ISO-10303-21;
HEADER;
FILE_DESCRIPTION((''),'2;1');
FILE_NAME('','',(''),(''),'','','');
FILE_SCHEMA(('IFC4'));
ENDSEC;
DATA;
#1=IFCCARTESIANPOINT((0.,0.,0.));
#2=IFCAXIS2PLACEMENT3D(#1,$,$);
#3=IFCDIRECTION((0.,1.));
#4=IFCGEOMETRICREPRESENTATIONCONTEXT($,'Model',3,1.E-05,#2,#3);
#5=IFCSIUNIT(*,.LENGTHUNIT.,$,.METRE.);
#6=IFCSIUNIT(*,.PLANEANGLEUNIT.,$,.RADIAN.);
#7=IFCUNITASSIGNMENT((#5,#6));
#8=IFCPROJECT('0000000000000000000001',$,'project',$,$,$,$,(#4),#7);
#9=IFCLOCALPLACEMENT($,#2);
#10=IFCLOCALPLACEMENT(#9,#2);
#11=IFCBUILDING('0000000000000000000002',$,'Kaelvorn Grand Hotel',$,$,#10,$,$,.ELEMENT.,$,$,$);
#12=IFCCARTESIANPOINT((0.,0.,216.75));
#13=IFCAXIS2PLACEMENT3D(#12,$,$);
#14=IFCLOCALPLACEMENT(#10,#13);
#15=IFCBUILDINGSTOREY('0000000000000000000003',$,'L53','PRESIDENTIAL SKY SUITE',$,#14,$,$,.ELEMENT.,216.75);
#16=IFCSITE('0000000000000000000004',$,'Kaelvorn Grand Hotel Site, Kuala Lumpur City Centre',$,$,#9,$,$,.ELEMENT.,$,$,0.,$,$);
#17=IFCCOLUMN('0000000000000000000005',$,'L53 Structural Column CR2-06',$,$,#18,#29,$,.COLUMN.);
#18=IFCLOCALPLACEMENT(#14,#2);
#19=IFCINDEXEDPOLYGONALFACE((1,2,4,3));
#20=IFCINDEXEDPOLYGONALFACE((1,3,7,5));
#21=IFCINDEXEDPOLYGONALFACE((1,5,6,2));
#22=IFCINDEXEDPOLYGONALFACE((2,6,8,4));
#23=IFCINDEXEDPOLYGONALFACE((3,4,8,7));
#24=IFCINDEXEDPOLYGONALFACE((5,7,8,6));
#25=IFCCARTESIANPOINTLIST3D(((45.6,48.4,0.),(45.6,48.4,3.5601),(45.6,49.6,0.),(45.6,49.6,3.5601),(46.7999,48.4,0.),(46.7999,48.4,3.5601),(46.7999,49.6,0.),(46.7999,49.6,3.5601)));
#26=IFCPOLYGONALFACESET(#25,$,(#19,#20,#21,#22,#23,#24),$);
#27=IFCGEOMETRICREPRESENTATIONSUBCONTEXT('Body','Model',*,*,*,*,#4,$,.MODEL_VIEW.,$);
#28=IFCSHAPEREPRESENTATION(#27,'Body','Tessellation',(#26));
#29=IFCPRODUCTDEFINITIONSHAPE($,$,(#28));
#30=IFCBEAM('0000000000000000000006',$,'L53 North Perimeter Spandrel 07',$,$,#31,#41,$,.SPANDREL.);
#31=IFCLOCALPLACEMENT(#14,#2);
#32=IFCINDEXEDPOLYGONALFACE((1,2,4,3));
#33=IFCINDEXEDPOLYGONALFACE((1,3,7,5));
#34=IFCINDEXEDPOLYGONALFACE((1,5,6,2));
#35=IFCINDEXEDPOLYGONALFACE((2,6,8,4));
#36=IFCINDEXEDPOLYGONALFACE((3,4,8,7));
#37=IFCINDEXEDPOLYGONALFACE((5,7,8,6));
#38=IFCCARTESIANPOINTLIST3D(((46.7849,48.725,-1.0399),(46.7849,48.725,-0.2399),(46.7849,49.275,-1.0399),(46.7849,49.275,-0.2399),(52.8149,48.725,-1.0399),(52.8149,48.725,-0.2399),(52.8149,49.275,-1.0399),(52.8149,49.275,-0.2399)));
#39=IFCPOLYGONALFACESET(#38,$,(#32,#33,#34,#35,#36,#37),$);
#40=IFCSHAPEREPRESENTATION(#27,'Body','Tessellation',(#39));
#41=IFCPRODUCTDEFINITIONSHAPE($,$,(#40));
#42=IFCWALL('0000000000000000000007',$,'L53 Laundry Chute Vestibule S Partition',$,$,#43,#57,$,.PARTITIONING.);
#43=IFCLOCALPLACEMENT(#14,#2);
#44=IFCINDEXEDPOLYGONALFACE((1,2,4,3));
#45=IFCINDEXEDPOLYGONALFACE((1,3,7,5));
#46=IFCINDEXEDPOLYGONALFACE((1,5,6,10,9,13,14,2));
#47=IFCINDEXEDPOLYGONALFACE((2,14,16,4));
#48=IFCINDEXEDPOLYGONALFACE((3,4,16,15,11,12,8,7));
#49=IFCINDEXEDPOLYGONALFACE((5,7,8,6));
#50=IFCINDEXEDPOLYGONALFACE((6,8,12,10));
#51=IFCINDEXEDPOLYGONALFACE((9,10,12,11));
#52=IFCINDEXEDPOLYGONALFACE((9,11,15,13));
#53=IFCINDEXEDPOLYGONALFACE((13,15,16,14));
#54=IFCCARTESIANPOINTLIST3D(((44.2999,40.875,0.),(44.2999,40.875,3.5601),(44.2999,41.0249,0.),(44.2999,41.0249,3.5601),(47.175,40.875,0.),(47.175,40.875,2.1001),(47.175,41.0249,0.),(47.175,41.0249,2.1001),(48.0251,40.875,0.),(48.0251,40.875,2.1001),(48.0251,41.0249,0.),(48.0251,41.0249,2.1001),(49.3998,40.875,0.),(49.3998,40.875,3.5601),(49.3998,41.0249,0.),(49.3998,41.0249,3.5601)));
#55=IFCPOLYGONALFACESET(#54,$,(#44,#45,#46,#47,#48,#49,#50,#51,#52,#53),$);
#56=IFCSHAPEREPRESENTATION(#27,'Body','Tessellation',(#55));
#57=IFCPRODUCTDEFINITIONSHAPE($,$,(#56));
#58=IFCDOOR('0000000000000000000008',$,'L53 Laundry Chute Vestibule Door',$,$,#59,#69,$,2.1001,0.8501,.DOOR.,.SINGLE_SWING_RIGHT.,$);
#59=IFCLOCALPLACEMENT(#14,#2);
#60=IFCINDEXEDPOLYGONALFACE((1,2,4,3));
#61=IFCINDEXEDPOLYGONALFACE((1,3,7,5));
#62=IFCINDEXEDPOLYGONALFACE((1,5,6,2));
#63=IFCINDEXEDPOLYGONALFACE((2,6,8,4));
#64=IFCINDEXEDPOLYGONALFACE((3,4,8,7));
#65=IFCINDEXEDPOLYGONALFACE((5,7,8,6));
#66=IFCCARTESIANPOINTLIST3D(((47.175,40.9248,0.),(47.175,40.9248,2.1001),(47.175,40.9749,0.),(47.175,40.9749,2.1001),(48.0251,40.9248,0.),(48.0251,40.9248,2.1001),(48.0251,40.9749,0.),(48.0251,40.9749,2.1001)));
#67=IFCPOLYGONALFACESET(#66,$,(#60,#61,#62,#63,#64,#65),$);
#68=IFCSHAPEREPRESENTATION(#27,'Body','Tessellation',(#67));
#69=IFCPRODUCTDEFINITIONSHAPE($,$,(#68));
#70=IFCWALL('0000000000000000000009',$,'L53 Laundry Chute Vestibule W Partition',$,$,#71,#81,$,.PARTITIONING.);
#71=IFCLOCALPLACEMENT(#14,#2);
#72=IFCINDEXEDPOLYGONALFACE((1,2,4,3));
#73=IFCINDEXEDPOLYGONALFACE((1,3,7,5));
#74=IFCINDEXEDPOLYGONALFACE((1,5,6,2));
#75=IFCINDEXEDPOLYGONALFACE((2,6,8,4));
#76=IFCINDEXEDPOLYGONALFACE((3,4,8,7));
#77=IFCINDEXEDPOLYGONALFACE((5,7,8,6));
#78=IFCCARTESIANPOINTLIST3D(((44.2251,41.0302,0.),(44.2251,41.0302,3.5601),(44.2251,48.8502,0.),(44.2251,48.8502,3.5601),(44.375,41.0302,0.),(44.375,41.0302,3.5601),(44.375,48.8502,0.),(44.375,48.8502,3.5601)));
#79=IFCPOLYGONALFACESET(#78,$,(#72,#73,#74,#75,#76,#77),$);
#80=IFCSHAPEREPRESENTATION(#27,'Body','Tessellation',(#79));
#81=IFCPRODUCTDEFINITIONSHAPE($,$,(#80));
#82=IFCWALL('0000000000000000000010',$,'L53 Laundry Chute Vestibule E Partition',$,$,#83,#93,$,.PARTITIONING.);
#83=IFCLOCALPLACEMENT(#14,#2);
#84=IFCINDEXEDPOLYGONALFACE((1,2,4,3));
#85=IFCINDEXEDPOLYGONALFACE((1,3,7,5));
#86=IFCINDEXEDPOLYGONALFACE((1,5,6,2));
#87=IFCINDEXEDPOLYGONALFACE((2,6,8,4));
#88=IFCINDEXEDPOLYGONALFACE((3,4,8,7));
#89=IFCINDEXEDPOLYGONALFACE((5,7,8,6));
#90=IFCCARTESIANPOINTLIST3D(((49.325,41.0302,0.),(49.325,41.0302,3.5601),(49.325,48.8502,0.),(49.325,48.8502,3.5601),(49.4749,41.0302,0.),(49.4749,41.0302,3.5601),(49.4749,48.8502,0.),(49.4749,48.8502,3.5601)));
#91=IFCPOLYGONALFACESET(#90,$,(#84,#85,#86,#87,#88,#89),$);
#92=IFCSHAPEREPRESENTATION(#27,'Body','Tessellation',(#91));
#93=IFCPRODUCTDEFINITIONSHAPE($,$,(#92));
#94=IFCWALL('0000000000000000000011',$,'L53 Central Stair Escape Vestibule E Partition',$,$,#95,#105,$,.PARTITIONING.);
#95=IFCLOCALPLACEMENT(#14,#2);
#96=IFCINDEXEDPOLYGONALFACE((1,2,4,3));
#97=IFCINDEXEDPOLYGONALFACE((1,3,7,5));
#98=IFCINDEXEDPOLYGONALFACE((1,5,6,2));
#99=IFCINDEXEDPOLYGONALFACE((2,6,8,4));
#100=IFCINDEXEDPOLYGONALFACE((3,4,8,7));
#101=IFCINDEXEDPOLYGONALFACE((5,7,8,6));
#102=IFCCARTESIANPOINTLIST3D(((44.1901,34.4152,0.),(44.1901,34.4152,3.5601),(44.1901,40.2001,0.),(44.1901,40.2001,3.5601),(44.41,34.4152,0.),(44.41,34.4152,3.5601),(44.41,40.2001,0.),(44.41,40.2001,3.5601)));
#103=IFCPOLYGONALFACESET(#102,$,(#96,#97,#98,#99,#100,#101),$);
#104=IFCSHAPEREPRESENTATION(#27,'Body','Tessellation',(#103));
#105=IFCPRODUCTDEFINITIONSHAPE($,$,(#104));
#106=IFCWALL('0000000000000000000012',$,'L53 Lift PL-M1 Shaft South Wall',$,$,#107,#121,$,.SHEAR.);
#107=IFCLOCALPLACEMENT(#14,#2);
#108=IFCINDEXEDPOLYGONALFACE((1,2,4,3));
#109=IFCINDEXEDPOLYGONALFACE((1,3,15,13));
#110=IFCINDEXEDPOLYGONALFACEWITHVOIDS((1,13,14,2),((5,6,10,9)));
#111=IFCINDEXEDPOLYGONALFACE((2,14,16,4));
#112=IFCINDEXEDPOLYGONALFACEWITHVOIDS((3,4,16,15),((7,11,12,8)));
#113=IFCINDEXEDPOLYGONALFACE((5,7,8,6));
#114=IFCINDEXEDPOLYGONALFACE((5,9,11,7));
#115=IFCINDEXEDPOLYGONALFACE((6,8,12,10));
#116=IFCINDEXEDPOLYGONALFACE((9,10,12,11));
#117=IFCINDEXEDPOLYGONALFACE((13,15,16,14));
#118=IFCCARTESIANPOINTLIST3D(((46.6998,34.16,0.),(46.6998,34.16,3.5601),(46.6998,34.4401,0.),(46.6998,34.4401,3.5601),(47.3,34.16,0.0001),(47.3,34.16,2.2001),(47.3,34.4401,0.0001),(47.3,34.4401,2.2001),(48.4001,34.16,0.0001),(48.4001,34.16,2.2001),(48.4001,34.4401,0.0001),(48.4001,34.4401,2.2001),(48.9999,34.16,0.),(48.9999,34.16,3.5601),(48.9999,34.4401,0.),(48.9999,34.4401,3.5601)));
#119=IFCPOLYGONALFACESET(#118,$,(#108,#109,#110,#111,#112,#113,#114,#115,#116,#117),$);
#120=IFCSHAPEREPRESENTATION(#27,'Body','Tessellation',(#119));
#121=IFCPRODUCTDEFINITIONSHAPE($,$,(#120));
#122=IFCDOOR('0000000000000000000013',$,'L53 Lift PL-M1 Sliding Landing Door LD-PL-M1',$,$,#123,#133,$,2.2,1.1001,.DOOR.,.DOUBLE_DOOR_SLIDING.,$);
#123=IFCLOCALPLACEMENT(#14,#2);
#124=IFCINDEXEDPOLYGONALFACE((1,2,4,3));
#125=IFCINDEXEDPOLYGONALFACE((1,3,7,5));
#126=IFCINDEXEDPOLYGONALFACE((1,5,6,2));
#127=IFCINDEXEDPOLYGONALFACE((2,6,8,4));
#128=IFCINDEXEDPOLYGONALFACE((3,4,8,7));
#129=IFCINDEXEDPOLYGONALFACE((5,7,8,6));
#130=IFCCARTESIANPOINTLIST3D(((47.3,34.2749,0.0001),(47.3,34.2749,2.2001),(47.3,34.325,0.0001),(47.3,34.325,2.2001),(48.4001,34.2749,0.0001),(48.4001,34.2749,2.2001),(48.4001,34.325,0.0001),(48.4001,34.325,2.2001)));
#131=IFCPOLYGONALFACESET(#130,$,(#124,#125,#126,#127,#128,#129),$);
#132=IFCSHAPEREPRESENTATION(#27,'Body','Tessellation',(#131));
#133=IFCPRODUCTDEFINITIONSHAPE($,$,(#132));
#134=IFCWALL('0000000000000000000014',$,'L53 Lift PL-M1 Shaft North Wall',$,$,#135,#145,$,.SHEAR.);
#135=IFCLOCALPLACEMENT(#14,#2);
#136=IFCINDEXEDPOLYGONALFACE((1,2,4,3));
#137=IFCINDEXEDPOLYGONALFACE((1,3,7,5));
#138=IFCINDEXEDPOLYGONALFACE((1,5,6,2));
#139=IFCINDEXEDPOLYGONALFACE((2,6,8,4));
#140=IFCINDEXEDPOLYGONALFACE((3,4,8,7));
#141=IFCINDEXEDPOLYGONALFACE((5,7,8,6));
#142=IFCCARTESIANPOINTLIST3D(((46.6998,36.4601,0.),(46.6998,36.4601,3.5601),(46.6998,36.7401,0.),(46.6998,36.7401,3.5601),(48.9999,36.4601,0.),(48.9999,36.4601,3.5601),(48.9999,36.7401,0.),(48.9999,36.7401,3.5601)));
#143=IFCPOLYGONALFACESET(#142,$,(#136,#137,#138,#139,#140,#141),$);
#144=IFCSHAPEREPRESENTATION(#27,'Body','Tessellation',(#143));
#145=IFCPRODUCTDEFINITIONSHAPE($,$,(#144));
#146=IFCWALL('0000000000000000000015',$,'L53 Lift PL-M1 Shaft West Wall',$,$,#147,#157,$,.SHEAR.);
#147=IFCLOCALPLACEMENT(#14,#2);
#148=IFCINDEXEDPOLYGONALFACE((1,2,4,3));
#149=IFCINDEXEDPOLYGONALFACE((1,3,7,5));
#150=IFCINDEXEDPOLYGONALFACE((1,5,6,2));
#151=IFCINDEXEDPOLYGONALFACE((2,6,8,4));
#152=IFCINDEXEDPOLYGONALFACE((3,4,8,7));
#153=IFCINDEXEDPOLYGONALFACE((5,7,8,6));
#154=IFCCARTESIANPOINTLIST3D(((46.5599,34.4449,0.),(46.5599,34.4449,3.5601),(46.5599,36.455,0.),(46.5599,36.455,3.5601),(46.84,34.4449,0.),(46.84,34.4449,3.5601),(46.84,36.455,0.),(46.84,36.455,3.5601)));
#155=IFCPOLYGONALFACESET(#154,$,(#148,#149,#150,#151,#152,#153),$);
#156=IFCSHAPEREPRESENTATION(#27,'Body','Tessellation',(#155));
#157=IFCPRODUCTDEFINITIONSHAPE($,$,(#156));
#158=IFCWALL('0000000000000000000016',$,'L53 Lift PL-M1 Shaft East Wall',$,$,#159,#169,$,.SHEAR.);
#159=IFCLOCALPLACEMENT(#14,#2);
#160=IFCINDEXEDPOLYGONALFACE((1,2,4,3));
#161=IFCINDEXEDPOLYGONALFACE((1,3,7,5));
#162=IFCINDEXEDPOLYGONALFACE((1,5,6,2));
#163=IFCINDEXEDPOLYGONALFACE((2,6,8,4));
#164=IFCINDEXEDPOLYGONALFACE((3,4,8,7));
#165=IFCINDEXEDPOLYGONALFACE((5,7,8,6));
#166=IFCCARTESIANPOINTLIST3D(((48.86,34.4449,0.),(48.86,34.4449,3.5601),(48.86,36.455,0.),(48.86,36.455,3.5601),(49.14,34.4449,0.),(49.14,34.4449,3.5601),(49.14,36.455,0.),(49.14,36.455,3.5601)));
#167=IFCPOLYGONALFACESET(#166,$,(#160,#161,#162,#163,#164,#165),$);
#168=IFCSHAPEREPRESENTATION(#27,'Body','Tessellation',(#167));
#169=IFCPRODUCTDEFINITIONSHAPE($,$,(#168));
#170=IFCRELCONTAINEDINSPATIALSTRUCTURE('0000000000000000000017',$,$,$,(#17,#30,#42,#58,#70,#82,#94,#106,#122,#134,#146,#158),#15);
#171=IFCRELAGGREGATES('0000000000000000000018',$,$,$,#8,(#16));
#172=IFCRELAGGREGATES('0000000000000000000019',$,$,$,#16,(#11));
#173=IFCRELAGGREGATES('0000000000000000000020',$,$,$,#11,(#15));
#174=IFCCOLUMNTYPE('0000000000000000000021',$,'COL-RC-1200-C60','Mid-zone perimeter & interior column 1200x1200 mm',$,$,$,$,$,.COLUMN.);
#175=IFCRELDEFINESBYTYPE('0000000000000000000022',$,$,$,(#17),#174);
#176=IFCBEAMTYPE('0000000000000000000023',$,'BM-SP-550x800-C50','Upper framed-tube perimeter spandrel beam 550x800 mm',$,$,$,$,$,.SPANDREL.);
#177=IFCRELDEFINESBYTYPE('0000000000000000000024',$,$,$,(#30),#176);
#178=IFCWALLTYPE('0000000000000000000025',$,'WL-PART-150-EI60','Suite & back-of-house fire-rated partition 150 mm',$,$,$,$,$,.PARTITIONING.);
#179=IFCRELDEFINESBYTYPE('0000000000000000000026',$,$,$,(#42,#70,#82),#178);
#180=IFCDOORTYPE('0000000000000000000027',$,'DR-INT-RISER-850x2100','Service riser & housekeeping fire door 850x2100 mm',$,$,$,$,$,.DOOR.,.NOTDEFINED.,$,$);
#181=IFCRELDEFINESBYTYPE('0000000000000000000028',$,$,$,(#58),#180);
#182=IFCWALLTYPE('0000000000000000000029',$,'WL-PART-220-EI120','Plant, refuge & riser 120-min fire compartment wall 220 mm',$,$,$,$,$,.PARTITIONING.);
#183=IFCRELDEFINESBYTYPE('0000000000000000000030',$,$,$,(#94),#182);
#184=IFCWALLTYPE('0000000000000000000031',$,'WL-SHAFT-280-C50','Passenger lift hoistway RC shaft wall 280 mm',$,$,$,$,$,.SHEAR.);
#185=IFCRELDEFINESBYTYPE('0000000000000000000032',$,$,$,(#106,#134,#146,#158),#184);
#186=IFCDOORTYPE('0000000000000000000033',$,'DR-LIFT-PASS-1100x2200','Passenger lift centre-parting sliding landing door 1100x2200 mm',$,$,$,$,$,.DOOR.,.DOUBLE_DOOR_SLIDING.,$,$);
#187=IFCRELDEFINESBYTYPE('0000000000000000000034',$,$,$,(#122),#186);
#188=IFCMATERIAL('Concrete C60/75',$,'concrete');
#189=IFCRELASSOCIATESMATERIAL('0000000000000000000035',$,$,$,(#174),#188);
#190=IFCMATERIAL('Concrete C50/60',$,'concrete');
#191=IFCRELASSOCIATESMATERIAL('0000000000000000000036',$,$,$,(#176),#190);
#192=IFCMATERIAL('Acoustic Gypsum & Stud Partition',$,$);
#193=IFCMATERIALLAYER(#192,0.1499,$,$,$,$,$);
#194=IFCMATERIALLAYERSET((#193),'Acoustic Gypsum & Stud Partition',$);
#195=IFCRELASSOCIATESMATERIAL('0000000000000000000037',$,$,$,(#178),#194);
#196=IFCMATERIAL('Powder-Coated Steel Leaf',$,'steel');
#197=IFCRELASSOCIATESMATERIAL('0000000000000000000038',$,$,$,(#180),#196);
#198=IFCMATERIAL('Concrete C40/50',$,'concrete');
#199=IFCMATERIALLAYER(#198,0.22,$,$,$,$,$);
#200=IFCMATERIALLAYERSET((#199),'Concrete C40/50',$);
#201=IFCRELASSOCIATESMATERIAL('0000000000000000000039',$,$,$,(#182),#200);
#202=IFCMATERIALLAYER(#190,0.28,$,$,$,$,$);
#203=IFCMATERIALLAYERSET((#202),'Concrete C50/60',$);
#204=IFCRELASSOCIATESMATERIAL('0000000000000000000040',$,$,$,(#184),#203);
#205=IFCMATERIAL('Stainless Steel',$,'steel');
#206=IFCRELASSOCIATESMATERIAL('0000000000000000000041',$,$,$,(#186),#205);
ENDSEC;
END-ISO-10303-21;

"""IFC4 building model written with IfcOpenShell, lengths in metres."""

from ifc_helpers import new_model, si_unit, direction, frame, frame_2d, origin, origin_2d, place, context, subcontext, project, spatial, rectangle, extrude, material, layer, layer_set, material_profile, profile_set, type_object, element, fill, save


model = new_model("IFC4")

# Units and contexts
model_context = context("Model", 3, precision=1e-05, world=origin(), true_north=direction((0.0, 1.0)))
body_context = subcontext(model_context, "Body", "Model", "MODEL_VIEW")
ifc_project = project(units=[si_unit("LENGTHUNIT", "METRE"), si_unit("PLANEANGLEUNIT", "RADIAN")], contexts=[model_context])

# Site, building, storey
site_placement = place(None, origin())
site = spatial("IfcSite", under=ifc_project, at=site_placement, Name="Kaelvorn Grand Hotel Site, Kuala Lumpur City Centre", CompositionType="ELEMENT", RefElevation=0.0)
building_placement = place(site_placement, origin())
building = spatial("IfcBuilding", under=site, at=building_placement, Name="Kaelvorn Grand Hotel", CompositionType="ELEMENT")
storey_placement = place(building_placement, frame((0.0, 0.0, 216.75)))
storey = spatial("IfcBuildingStorey", under=building, at=storey_placement, Name="L53", Description="PRESIDENTIAL SKY SUITE", CompositionType="ELEMENT", Elevation=216.75)

# Column
ifc_material_1 = material(Name="Concrete C60/75", Category="concrete")
ifc_material_profile_1 = material_profile(ifc_material_1, rectangle(XDim=1.2, YDim=1.2, at=origin_2d()), Name="RC COL 1200x1200")
ifc_profile_set_1 = profile_set([ifc_material_profile_1], Name="Concrete C60/75")
column_type = type_object("IfcColumnType", Name="COL-RC-1200-C60", Description="Mid-zone perimeter & interior column 1200x1200 mm", PredefinedType="COLUMN", material=ifc_profile_set_1)
column_placement = place(storey_placement, frame((46.2, 49.0, 0.0), z_axis=(0.0, 0.0, 1.0), x_axis=(1.0, 0.0, 0.0)))
element("IfcColumn", 1, at=column_placement, inside=storey, type_object=column_type, Name="L53 Structural Column CR2-06", PredefinedType="COLUMN", context=body_context, shape_type="SweptSolid", body=[
    extrude(rectangle(XDim=1.2, YDim=1.2, at=origin_2d()), origin(), (0.0, 0.0, 1.0), 3.5601),
])

# Beam
ifc_material_2 = material(Name="Concrete C50/60", Category="concrete")
ifc_material_profile_2 = material_profile(ifc_material_2, rectangle(XDim=0.55, YDim=0.8, at=origin_2d()), Name="RC SPANDREL 550x800")
ifc_profile_set_2 = profile_set([ifc_material_profile_2], Name="Concrete C50/60")
beam_type = type_object("IfcBeamType", Name="BM-SP-550x800-C50", Description="Upper framed-tube perimeter spandrel beam 550x800 mm", PredefinedType="SPANDREL", material=ifc_profile_set_2)
beam_placement = place(storey_placement, frame((46.7849, 49.0, -0.6399), z_axis=(1.0, 0.0, 0.0), x_axis=(0.0, 1.0, 0.0)))
element("IfcBeam", 2, at=beam_placement, inside=storey, type_object=beam_type, Name="L53 North Perimeter Spandrel 07", PredefinedType="SPANDREL", context=body_context, shape_type="SweptSolid", body=[
    extrude(rectangle(XDim=0.55, YDim=0.8, at=origin_2d()), origin(), (0.0, 0.0, 1.0), 6.03),
])

# Wall, opening, door
ifc_material_3 = material(Name="Acoustic Gypsum & Stud Partition")
ifc_layer_1 = layer(ifc_material_3, 0.1499)
ifc_layer_set_1 = layer_set([ifc_layer_1], Name="Acoustic Gypsum & Stud Partition")
wall_type_1 = type_object("IfcWallType", Name="WL-PART-150-EI60", Description="Suite & back-of-house fire-rated partition 150 mm", PredefinedType="PARTITIONING", material=ifc_layer_set_1)
wall_1_placement = place(storey_placement, frame((44.3, 40.95, 0.0), z_axis=(0.0, 0.0, 1.0), x_axis=(1.0, 0.0, 0.0)))
wall_1 = element("IfcWall", 3, at=wall_1_placement, inside=storey, type_object=wall_type_1, Name="L53 Laundry Chute Vestibule S Partition", PredefinedType="PARTITIONING", context=body_context, shape_type="SweptSolid", body=[
    extrude(rectangle(XDim=5.0999, YDim=0.1499, at=frame_2d((2.5498, 0.0))), origin(), (0.0, 0.0, 1.0), 3.5601),
])
opening_1_placement = place(wall_1_placement, frame((2.875, 0.0, 0.0)))
opening_1 = element("IfcOpeningElement", 4, at=opening_1_placement, cuts=wall_1, PredefinedType="OPENING", context=body_context, shape_type="SweptSolid", body=[
    extrude(rectangle(XDim=0.8501, YDim=2.1001, at=frame_2d((0.425, 1.05))), frame((0.0, 0.085, 0.0), z_axis=(0.0, -1.0, 0.0), x_axis=(1.0, 0.0, 0.0)), (0.0, 0.0, 1.0), 0.1699),
])
ifc_material_4 = material(Name="Powder-Coated Steel Leaf", Category="steel")
door_type_1 = type_object("IfcDoorType", Name="DR-INT-RISER-850x2100", Description="Service riser & housekeeping fire door 850x2100 mm", OperationType="NOTDEFINED", PredefinedType="DOOR", material=ifc_material_4)
door_1_placement = place(opening_1_placement, origin())
door_1 = element("IfcDoor", 5, at=door_1_placement, inside=storey, type_object=door_type_1, Name="L53 Laundry Chute Vestibule Door", OperationType="SINGLE_SWING_RIGHT", OverallHeight=2.1001, OverallWidth=0.8501, PredefinedType="DOOR", context=body_context, shape_type="SweptSolid", body=[
    extrude(rectangle(XDim=0.8501, YDim=2.1001, at=frame_2d((0.425, 1.05))), frame((0.0, 0.0249, 0.0), z_axis=(0.0, -1.0, 0.0), x_axis=(1.0, 0.0, 0.0)), (0.0, 0.0, 1.0), 0.05),
])
fill(opening_1, door_1)

# Walls
for number, where, z_axis, x_axis, name in (
    (6, (44.3, 41.03, 0.0), (0.0, 0.0, 1.0), (0.0, 1.0, 0.0), "L53 Laundry Chute Vestibule W Partition"),
    (7, (49.3999, 41.03, 0.0), (0.0, 0.0, 1.0), (0.0, 1.0, 0.0), "L53 Laundry Chute Vestibule E Partition"),
):
    element("IfcWall", number, at=place(storey_placement, frame(where, z_axis=z_axis, x_axis=x_axis)), inside=storey, type_object=wall_type_1, Name=name, PredefinedType="PARTITIONING", context=body_context, shape_type="SweptSolid", body=[
        extrude(rectangle(XDim=7.8201, YDim=0.1499, at=frame_2d((3.9102, 0.0))), origin(), (0.0, 0.0, 1.0), 3.5601),
    ])
ifc_material_5 = material(Name="Concrete C40/50", Category="concrete")
ifc_layer_2 = layer(ifc_material_5, 0.22)
ifc_layer_set_2 = layer_set([ifc_layer_2], Name="Concrete C40/50")
wall_type_2 = type_object("IfcWallType", Name="WL-PART-220-EI120", Description="Plant, refuge & riser 120-min fire compartment wall 220 mm", PredefinedType="PARTITIONING", material=ifc_layer_set_2)
wall_2_placement = place(storey_placement, frame((44.3, 34.415, 0.0), z_axis=(0.0, 0.0, 1.0), x_axis=(0.0, 1.0, 0.0)))
element("IfcWall", 8, at=wall_2_placement, inside=storey, type_object=wall_type_2, Name="L53 Central Stair Escape Vestibule E Partition", PredefinedType="PARTITIONING", context=body_context, shape_type="SweptSolid", body=[
    extrude(rectangle(XDim=5.7849, YDim=0.22, at=frame_2d((2.8926, 0.0))), origin(), (0.0, 0.0, 1.0), 3.5601),
])

# Wall, opening, door
ifc_layer_3 = layer(ifc_material_2, 0.28)
ifc_layer_set_3 = layer_set([ifc_layer_3], Name="Concrete C50/60")
wall_type_3 = type_object("IfcWallType", Name="WL-SHAFT-280-C50", Description="Passenger lift hoistway RC shaft wall 280 mm", PredefinedType="SHEAR", material=ifc_layer_set_3)
wall_3_placement = place(storey_placement, frame((46.7, 34.3, 0.0), z_axis=(0.0, 0.0, 1.0), x_axis=(1.0, 0.0, 0.0)))
wall_3 = element("IfcWall", 9, at=wall_3_placement, inside=storey, type_object=wall_type_3, Name="L53 Lift PL-M1 Shaft South Wall", PredefinedType="SHEAR", context=body_context, shape_type="SweptSolid", body=[
    extrude(rectangle(XDim=2.3, YDim=0.28, at=frame_2d((1.1499, 0.0))), origin(), (0.0, 0.0, 1.0), 3.5601),
])
opening_2_placement = place(wall_3_placement, frame((0.6001, 0.0, 0.0)))
opening_2 = element("IfcOpeningElement", 10, at=opening_2_placement, cuts=wall_3, PredefinedType="OPENING", context=body_context, shape_type="SweptSolid", body=[
    extrude(rectangle(XDim=1.1001, YDim=2.2, at=frame_2d((0.55, 1.1001))), frame((0.0, 0.1499, 0.0), z_axis=(0.0, -1.0, 0.0), x_axis=(1.0, 0.0, 0.0)), (0.0, 0.0, 1.0), 0.3),
])
ifc_material_6 = material(Name="Stainless Steel", Category="steel")
door_type_2 = type_object("IfcDoorType", Name="DR-LIFT-PASS-1100x2200", Description="Passenger lift centre-parting sliding landing door 1100x2200 mm", OperationType="DOUBLE_DOOR_SLIDING", PredefinedType="DOOR", material=ifc_material_6)
door_2_placement = place(opening_2_placement, origin())
door_2 = element("IfcDoor", 11, at=door_2_placement, inside=storey, type_object=door_type_2, Name="L53 Lift PL-M1 Sliding Landing Door LD-PL-M1", OperationType="DOUBLE_DOOR_SLIDING", OverallHeight=2.2, OverallWidth=1.1001, PredefinedType="DOOR", context=body_context, shape_type="SweptSolid", body=[
    extrude(rectangle(XDim=1.1001, YDim=2.2, at=frame_2d((0.55, 1.1001))), frame((0.0, 0.0249, 0.0), z_axis=(0.0, -1.0, 0.0), x_axis=(1.0, 0.0, 0.0)), (0.0, 0.0, 1.0), 0.05),
])
fill(opening_2, door_2)

# Walls
wall_4_placement = place(storey_placement, frame((46.7, 36.6001, 0.0), z_axis=(0.0, 0.0, 1.0), x_axis=(1.0, 0.0, 0.0)))
element("IfcWall", 12, at=wall_4_placement, inside=storey, type_object=wall_type_3, Name="L53 Lift PL-M1 Shaft North Wall", PredefinedType="SHEAR", context=body_context, shape_type="SweptSolid", body=[
    extrude(rectangle(XDim=2.3, YDim=0.28, at=frame_2d((1.1499, 0.0))), origin(), (0.0, 0.0, 1.0), 3.5601),
])
for number, where, z_axis, x_axis, name in (
    (13, (46.7, 34.4451, 0.0), (0.0, 0.0, 1.0), (0.0, 1.0, 0.0), "L53 Lift PL-M1 Shaft West Wall"),
    (14, (49.0, 34.4451, 0.0), (0.0, 0.0, 1.0), (0.0, 1.0, 0.0), "L53 Lift PL-M1 Shaft East Wall"),
):
    element("IfcWall", number, at=place(storey_placement, frame(where, z_axis=z_axis, x_axis=x_axis)), inside=storey, type_object=wall_type_3, Name=name, PredefinedType="SHEAR", context=body_context, shape_type="SweptSolid", body=[
        extrude(rectangle(XDim=2.01, YDim=0.28, at=frame_2d((1.0049, 0.0))), origin(), (0.0, 0.0, 1.0), 3.5601),
    ])

save(model, "model.ifc")
